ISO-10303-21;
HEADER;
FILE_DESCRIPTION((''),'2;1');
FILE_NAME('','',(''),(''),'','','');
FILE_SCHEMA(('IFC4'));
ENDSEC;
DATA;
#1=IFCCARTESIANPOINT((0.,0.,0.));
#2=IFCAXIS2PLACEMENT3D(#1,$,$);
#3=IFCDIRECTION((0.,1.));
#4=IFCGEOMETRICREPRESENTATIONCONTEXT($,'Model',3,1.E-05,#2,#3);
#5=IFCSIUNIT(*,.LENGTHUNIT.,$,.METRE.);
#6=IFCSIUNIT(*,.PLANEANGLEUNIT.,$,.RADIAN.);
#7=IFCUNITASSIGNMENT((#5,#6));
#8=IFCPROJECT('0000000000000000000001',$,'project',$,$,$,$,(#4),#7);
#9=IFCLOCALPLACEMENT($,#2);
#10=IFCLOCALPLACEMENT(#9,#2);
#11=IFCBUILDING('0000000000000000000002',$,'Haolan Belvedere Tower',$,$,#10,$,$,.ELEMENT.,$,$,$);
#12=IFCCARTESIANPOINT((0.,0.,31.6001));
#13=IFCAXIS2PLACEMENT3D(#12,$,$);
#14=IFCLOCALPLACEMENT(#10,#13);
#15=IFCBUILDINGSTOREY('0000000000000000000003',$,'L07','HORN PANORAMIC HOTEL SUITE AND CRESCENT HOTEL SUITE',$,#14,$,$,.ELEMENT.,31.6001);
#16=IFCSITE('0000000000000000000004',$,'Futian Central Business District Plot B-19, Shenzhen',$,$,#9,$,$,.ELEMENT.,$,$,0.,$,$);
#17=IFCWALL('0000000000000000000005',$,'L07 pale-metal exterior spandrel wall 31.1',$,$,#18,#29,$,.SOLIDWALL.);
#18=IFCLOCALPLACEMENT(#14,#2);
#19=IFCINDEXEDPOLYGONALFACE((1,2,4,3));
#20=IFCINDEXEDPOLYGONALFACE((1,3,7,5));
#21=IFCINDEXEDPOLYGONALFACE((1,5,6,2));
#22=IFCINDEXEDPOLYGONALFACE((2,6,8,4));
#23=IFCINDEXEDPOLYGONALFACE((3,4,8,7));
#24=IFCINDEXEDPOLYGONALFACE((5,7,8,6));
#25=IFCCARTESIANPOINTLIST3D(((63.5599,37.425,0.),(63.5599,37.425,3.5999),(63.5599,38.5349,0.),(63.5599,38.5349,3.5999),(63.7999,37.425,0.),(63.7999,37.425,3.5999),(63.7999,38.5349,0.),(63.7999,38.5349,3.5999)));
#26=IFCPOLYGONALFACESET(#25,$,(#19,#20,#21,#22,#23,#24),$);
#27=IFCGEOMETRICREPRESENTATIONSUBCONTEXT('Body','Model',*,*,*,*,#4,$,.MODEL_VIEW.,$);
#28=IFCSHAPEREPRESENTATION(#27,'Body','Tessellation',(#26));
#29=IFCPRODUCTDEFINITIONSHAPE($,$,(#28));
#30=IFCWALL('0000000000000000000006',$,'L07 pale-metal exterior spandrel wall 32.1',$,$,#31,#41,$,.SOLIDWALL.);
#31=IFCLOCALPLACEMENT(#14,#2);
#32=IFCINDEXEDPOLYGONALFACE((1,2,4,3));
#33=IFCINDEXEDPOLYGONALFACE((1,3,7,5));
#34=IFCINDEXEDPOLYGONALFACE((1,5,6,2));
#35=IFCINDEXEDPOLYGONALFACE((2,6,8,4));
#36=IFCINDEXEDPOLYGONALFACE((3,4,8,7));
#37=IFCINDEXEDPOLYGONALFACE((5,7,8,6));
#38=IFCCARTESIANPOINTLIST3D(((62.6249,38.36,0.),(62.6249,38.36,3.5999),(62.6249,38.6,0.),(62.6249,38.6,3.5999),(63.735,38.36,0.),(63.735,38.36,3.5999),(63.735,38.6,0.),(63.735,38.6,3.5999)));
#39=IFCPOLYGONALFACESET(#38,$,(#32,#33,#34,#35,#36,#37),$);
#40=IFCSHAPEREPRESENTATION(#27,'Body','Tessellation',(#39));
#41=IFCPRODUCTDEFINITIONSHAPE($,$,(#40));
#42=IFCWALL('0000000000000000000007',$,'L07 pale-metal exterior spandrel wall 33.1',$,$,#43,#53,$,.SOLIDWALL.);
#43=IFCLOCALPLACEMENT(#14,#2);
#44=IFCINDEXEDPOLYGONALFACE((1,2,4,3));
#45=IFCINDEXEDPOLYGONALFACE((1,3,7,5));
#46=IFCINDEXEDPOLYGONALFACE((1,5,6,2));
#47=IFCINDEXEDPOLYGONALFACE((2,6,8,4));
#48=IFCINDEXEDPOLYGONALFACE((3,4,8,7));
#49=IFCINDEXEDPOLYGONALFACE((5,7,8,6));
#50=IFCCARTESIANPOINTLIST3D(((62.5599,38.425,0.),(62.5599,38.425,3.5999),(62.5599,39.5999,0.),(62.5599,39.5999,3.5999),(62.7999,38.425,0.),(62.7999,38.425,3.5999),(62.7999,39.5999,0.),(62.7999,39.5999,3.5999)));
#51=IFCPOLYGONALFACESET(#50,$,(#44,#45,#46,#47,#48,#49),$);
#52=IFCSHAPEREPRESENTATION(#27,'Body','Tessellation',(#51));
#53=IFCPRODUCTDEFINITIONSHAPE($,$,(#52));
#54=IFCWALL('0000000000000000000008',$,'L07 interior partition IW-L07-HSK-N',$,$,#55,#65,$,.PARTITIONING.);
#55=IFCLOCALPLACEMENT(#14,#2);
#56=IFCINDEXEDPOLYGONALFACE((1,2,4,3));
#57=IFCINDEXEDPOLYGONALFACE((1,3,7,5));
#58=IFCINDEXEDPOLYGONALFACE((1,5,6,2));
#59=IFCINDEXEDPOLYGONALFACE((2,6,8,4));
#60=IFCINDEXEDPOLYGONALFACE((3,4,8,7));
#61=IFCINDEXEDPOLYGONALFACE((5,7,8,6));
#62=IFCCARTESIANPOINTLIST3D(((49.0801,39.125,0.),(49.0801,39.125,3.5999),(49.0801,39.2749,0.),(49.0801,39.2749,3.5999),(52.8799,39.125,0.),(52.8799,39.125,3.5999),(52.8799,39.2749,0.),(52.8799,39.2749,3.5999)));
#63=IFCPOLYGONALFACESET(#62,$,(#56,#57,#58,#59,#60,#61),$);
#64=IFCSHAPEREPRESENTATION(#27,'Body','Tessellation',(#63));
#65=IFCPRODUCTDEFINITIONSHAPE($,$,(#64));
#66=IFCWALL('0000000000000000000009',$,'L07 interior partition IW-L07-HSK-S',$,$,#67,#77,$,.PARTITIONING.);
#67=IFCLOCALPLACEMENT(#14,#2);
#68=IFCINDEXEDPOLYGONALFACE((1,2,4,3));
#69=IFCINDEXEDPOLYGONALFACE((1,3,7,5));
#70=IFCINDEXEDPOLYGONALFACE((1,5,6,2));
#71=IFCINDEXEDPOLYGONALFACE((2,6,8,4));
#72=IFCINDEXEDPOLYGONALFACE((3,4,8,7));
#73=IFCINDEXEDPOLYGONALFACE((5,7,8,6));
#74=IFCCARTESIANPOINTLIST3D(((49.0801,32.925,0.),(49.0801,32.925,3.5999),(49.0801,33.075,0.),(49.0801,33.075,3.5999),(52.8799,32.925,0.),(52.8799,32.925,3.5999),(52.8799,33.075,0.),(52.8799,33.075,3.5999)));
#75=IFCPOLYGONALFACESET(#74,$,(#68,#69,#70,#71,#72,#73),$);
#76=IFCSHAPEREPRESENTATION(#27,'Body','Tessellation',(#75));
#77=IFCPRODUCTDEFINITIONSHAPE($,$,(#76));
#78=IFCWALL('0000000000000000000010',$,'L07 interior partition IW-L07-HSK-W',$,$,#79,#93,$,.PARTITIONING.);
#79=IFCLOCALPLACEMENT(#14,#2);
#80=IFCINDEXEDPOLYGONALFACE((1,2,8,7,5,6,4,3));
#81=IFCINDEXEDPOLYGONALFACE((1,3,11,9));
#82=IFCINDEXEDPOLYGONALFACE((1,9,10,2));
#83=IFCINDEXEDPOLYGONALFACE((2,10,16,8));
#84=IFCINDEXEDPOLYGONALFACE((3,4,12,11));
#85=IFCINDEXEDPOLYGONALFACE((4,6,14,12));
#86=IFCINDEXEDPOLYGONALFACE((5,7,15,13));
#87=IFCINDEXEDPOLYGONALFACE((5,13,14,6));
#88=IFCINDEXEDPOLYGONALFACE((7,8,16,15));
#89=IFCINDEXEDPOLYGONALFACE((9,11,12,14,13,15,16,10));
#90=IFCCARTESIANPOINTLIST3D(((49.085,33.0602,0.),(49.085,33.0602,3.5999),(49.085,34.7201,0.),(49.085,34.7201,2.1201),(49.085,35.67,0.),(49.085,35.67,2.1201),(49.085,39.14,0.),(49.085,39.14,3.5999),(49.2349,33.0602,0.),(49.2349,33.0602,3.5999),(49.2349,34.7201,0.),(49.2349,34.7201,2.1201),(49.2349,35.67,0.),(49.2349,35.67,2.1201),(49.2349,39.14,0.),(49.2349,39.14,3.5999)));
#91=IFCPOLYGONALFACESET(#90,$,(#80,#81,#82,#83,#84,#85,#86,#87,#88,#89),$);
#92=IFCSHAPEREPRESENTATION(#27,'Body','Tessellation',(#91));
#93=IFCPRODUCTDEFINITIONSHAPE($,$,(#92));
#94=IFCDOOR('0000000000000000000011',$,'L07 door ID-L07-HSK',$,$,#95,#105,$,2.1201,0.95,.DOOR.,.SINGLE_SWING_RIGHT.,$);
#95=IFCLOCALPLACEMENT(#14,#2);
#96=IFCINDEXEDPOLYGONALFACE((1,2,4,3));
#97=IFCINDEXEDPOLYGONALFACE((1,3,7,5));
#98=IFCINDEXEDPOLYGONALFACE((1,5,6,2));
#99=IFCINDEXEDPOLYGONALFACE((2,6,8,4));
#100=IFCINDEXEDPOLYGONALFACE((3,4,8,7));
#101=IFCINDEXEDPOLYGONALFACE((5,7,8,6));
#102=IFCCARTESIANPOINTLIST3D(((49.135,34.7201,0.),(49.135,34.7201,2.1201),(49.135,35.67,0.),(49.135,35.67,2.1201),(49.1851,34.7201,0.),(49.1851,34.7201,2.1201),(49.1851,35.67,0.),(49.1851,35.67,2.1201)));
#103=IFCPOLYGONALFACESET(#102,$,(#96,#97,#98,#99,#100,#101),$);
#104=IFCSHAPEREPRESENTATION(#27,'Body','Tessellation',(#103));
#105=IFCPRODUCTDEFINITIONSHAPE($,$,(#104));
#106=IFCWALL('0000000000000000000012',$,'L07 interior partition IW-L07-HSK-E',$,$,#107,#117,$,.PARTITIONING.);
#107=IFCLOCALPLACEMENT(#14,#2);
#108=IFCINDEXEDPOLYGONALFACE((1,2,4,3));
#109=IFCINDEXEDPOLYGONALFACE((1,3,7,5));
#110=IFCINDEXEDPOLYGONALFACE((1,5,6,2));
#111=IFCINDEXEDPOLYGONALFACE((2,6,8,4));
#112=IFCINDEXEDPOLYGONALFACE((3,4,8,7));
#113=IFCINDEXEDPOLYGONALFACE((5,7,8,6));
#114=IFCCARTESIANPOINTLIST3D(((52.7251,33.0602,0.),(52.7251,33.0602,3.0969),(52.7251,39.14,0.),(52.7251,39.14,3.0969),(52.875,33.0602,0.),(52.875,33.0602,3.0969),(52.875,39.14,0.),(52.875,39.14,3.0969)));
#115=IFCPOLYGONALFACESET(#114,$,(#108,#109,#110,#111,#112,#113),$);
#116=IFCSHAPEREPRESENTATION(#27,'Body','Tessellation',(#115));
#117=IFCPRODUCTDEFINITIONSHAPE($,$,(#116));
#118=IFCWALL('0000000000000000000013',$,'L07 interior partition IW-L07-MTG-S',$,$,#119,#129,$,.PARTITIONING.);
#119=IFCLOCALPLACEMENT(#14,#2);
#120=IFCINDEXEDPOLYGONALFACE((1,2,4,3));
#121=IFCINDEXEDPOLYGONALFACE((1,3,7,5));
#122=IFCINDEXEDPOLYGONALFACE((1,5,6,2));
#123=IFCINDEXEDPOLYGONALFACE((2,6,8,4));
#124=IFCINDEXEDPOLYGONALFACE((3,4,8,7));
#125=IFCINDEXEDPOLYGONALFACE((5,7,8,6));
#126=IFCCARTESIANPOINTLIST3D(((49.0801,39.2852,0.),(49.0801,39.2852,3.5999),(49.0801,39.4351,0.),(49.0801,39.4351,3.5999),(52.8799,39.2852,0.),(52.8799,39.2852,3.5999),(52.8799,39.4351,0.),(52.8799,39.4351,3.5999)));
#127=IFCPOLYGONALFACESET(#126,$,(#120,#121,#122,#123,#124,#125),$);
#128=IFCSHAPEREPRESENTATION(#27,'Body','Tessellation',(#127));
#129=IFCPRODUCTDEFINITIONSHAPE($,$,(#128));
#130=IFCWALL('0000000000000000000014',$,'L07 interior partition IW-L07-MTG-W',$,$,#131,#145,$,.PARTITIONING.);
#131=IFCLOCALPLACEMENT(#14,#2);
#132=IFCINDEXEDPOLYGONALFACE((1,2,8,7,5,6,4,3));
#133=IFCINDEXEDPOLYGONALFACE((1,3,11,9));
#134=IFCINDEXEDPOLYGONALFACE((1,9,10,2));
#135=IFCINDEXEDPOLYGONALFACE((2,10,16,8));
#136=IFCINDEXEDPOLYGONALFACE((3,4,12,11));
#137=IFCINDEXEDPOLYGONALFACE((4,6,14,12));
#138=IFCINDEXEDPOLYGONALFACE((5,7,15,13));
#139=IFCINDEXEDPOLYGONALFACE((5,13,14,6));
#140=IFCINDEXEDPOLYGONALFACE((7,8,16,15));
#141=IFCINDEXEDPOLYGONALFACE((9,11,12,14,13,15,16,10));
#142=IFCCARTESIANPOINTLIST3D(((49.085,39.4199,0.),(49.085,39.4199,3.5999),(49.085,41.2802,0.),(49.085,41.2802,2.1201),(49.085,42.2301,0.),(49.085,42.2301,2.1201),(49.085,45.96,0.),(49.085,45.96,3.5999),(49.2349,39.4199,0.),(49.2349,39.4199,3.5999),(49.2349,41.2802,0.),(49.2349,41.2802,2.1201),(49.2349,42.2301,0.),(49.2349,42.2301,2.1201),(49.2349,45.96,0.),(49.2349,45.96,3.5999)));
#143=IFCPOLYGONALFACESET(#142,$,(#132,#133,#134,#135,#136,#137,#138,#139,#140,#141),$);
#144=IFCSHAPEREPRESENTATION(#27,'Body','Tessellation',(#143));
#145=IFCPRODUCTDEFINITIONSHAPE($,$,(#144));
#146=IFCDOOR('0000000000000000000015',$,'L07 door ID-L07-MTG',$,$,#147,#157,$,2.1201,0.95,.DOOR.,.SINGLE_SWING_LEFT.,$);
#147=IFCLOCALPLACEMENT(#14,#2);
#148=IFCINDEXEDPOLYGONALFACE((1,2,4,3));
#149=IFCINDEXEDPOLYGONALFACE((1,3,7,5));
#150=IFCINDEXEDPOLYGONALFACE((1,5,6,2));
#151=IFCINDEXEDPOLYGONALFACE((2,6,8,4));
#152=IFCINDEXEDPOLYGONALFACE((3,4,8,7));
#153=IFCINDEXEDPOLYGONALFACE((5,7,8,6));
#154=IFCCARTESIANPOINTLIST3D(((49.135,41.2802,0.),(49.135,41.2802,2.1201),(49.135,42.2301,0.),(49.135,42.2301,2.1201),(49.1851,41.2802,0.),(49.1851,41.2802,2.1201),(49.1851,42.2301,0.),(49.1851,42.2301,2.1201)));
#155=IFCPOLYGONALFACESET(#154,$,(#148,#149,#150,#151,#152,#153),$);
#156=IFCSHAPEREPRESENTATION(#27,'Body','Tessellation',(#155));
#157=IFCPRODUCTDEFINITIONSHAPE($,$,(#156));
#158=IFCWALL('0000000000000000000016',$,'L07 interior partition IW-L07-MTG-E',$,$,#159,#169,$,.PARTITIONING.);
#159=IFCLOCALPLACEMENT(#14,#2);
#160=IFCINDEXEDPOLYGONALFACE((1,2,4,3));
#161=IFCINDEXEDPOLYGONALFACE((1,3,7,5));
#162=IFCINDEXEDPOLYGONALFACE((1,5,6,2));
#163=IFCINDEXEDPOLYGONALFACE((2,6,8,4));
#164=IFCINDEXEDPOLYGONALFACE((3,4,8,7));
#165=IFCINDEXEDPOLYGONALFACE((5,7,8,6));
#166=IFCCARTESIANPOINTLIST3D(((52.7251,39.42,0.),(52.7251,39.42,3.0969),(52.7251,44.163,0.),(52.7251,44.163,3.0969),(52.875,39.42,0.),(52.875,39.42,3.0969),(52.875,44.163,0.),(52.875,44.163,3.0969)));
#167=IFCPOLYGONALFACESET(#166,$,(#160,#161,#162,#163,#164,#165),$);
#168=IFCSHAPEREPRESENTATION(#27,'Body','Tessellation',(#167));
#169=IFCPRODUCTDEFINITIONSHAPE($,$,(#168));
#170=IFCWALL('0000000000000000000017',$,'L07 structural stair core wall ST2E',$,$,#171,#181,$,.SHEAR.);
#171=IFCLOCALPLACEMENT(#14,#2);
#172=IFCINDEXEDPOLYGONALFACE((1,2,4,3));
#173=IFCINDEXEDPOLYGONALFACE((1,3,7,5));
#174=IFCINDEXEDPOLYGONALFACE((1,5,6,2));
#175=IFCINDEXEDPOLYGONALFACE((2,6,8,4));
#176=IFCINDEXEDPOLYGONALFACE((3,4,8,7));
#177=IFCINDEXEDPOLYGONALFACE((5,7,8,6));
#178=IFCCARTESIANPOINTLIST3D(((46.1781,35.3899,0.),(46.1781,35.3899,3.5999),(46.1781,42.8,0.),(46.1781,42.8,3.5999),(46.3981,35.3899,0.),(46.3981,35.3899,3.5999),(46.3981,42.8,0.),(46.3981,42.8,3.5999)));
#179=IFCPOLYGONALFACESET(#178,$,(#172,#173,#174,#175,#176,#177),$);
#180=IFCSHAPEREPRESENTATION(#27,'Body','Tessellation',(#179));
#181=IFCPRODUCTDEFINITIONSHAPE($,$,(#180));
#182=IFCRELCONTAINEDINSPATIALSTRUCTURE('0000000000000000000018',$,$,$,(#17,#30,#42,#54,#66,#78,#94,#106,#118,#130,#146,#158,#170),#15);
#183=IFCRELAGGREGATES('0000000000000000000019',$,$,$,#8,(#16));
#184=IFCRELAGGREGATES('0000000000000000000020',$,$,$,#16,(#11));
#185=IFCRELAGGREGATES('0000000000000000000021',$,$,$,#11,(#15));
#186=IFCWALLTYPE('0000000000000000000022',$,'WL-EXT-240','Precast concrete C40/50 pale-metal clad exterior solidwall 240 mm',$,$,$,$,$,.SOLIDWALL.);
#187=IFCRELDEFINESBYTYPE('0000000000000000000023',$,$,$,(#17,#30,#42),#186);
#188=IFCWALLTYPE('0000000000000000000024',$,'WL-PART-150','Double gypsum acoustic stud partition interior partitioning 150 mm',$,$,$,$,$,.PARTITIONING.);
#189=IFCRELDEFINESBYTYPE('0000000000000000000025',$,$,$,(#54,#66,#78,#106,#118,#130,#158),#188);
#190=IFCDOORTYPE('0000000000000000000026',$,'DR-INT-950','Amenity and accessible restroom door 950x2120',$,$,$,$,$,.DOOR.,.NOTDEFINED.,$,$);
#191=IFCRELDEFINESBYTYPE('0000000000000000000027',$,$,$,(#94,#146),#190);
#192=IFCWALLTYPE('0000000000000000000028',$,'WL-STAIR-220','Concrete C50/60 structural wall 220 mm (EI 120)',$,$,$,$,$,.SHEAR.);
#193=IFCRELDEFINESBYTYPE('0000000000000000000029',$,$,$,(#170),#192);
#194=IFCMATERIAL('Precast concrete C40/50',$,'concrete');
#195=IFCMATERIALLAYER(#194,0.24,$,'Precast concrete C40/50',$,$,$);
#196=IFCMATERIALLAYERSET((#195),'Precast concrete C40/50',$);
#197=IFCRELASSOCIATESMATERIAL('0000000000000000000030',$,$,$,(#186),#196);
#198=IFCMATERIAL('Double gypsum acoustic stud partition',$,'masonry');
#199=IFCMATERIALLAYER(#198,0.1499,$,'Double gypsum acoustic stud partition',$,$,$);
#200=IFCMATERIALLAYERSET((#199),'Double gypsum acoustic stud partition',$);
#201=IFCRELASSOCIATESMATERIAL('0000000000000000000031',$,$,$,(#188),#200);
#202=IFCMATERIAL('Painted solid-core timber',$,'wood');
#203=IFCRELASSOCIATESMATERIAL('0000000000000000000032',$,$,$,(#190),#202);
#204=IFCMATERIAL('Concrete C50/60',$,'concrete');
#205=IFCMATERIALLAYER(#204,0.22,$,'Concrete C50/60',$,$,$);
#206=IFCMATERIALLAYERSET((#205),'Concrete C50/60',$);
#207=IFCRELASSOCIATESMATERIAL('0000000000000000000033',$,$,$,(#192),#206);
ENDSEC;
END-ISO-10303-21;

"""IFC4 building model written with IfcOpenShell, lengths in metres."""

from ifc_helpers import new_model, si_unit, direction, frame, frame_2d, origin, place, context, subcontext, project, spatial, rectangle, extrude, material, layer, layer_set, type_object, element, fill, save


model = new_model("IFC4")

# Units and contexts
model_context = context("Model", 3, precision=1e-05, world=origin(), true_north=direction((0.0, 1.0)))
body_context = subcontext(model_context, "Body", "Model", "MODEL_VIEW")
ifc_project = project(units=[si_unit("LENGTHUNIT", "METRE"), si_unit("PLANEANGLEUNIT", "RADIAN")], contexts=[model_context])

# Site, building, storey
site_placement = place(None, origin())
site = spatial("IfcSite", under=ifc_project, at=site_placement, Name="Futian Central Business District Plot B-19, Shenzhen", CompositionType="ELEMENT", RefElevation=0.0)
building_placement = place(site_placement, origin())
building = spatial("IfcBuilding", under=site, at=building_placement, Name="Haolan Belvedere Tower", CompositionType="ELEMENT")
storey_placement = place(building_placement, frame((0.0, 0.0, 31.6001)))
storey = spatial("IfcBuildingStorey", under=building, at=storey_placement, Name="L07", Description="HORN PANORAMIC HOTEL SUITE AND CRESCENT HOTEL SUITE", CompositionType="ELEMENT", Elevation=31.6001)

# Shared definitions
ifc_material_1 = material(Name="Precast concrete C40/50", Category="concrete")
ifc_layer_1 = layer(ifc_material_1, 0.24, Name="Precast concrete C40/50")
ifc_layer_set_1 = layer_set([ifc_layer_1], Name="Precast concrete C40/50")
wall_type_1 = type_object("IfcWallType", Name="WL-EXT-240", Description="Precast concrete C40/50 pale-metal clad exterior solidwall 240 mm", PredefinedType="SOLIDWALL", material=ifc_layer_set_1)

# Walls
wall_1_placement = place(storey_placement, frame((63.6799, 37.425, 0.0), z_axis=(0.0, 0.0, 1.0), x_axis=(0.0, 1.0, 0.0)))
element("IfcWall", 1, at=wall_1_placement, inside=storey, type_object=wall_type_1, Name="L07 pale-metal exterior spandrel wall 31.1", PredefinedType="SOLIDWALL", context=body_context, shape_type="SweptSolid", body=[
    extrude(rectangle(XDim=1.1099, YDim=0.24, at=frame_2d((0.5549, 0.0))), origin(), (0.0, 0.0, 1.0), 3.5999),
])
wall_2_placement = place(storey_placement, frame((63.7351, 38.48, 0.0), z_axis=(0.0, 0.0, 1.0), x_axis=(-1.0, 0.0, 0.0)))
element("IfcWall", 2, at=wall_2_placement, inside=storey, type_object=wall_type_1, Name="L07 pale-metal exterior spandrel wall 32.1", PredefinedType="SOLIDWALL", context=body_context, shape_type="SweptSolid", body=[
    extrude(rectangle(XDim=1.1101, YDim=0.24, at=frame_2d((0.5552, 0.0))), origin(), (0.0, 0.0, 1.0), 3.5999),
])
wall_3_placement = place(storey_placement, frame((62.6799, 38.425, 0.0), z_axis=(0.0, 0.0, 1.0), x_axis=(0.0, 1.0, 0.0)))
element("IfcWall", 3, at=wall_3_placement, inside=storey, type_object=wall_type_1, Name="L07 pale-metal exterior spandrel wall 33.1", PredefinedType="SOLIDWALL", context=body_context, shape_type="SweptSolid", body=[
    extrude(rectangle(XDim=1.1748, YDim=0.24, at=frame_2d((0.5874, 0.0))), origin(), (0.0, 0.0, 1.0), 3.5999),
])
ifc_material_2 = material(Name="Double gypsum acoustic stud partition", Category="masonry")
ifc_layer_2 = layer(ifc_material_2, 0.1499, Name="Double gypsum acoustic stud partition")
ifc_layer_set_2 = layer_set([ifc_layer_2], Name="Double gypsum acoustic stud partition")
wall_type_2 = type_object("IfcWallType", Name="WL-PART-150", Description="Double gypsum acoustic stud partition interior partitioning 150 mm", PredefinedType="PARTITIONING", material=ifc_layer_set_2)
for number, where, z_axis, x_axis, name in (
    (4, (49.0801, 39.2, 0.0), (0.0, 0.0, 1.0), (1.0, 0.0, 0.0), "L07 interior partition IW-L07-HSK-N"),
    (5, (49.0801, 33.0, 0.0), (0.0, 0.0, 1.0), (1.0, 0.0, 0.0), "L07 interior partition IW-L07-HSK-S"),
):
    element("IfcWall", number, at=place(storey_placement, frame(where, z_axis=z_axis, x_axis=x_axis)), inside=storey, type_object=wall_type_2, Name=name, PredefinedType="PARTITIONING", context=body_context, shape_type="SweptSolid", body=[
        extrude(rectangle(XDim=3.7998, YDim=0.1499, at=frame_2d((1.8999, 0.0))), origin(), (0.0, 0.0, 1.0), 3.5999),
    ])

# Wall, opening, door
wall_4_placement = place(storey_placement, frame((49.1599, 33.0601, 0.0), z_axis=(0.0, 0.0, 1.0), x_axis=(0.0, 1.0, 0.0)))
wall_4 = element("IfcWall", 6, at=wall_4_placement, inside=storey, type_object=wall_type_2, Name="L07 interior partition IW-L07-HSK-W", PredefinedType="PARTITIONING", context=body_context, shape_type="SweptSolid", body=[
    extrude(rectangle(XDim=6.0798, YDim=0.1499, at=frame_2d((3.04, 0.0))), origin(), (0.0, 0.0, 1.0), 3.5999),
])
opening_1_placement = place(wall_4_placement, frame((1.6599, 0.0, 0.0)))
opening_1 = element("IfcOpeningElement", 7, at=opening_1_placement, cuts=wall_4, PredefinedType="OPENING", context=body_context, shape_type="SweptSolid", body=[
    extrude(rectangle(XDim=0.95, YDim=2.1201, at=frame_2d((0.4751, 1.0601))), frame((0.0, 0.085, 0.0), z_axis=(0.0, -1.0, 0.0), x_axis=(1.0, 0.0, 0.0)), (0.0, 0.0, 1.0), 0.1699),
])
ifc_material_3 = material(Name="Painted solid-core timber", Category="wood")
door_type = type_object("IfcDoorType", Name="DR-INT-950", Description="Amenity and accessible restroom door 950x2120", OperationType="NOTDEFINED", PredefinedType="DOOR", material=ifc_material_3)
door_1_placement = place(opening_1_placement, origin())
door_1 = element("IfcDoor", 8, at=door_1_placement, inside=storey, type_object=door_type, Name="L07 door ID-L07-HSK", OperationType="SINGLE_SWING_RIGHT", OverallHeight=2.1201, OverallWidth=0.95, PredefinedType="DOOR", context=body_context, shape_type="SweptSolid", body=[
    extrude(rectangle(XDim=0.95, YDim=2.1201, at=frame_2d((0.4751, 1.0601))), frame((0.0, 0.0249, 0.0), z_axis=(0.0, -1.0, 0.0), x_axis=(1.0, 0.0, 0.0)), (0.0, 0.0, 1.0), 0.05),
])
fill(opening_1, door_1)

# Walls
wall_5_placement = place(storey_placement, frame((52.8, 33.0601, 0.0), z_axis=(0.0, 0.0, 1.0), x_axis=(0.0, 1.0, 0.0)))
element("IfcWall", 9, at=wall_5_placement, inside=storey, type_object=wall_type_2, Name="L07 interior partition IW-L07-HSK-E", PredefinedType="PARTITIONING", context=body_context, shape_type="SweptSolid", body=[
    extrude(rectangle(XDim=6.0798, YDim=0.1499, at=frame_2d((3.04, 0.0))), origin(), (0.0, 0.0, 1.0), 3.0969),
])
wall_6_placement = place(storey_placement, frame((49.0801, 39.3601, 0.0), z_axis=(0.0, 0.0, 1.0), x_axis=(1.0, 0.0, 0.0)))
element("IfcWall", 10, at=wall_6_placement, inside=storey, type_object=wall_type_2, Name="L07 interior partition IW-L07-MTG-S", PredefinedType="PARTITIONING", context=body_context, shape_type="SweptSolid", body=[
    extrude(rectangle(XDim=3.7998, YDim=0.1499, at=frame_2d((1.8999, 0.0))), origin(), (0.0, 0.0, 1.0), 3.5999),
])

# Wall, opening, door
wall_7_placement = place(storey_placement, frame((49.1599, 39.4199, 0.0), z_axis=(0.0, 0.0, 1.0), x_axis=(0.0, 1.0, 0.0)))
wall_7 = element("IfcWall", 11, at=wall_7_placement, inside=storey, type_object=wall_type_2, Name="L07 interior partition IW-L07-MTG-W", PredefinedType="PARTITIONING", context=body_context, shape_type="SweptSolid", body=[
    extrude(rectangle(XDim=6.54, YDim=0.1499, at=frame_2d((3.27, 0.0))), origin(), (0.0, 0.0, 1.0), 3.5999),
])
opening_2_placement = place(wall_7_placement, frame((1.8601, 0.0, 0.0)))
opening_2 = element("IfcOpeningElement", 12, at=opening_2_placement, cuts=wall_7, PredefinedType="OPENING", context=body_context, shape_type="SweptSolid", body=[
    extrude(rectangle(XDim=0.95, YDim=2.1201, at=frame_2d((0.4751, 1.0601))), frame((0.0, 0.085, 0.0), z_axis=(0.0, -1.0, 0.0), x_axis=(1.0, 0.0, 0.0)), (0.0, 0.0, 1.0), 0.1699),
])
door_2_placement = place(opening_2_placement, origin())
door_2 = element("IfcDoor", 13, at=door_2_placement, inside=storey, type_object=door_type, Name="L07 door ID-L07-MTG", OperationType="SINGLE_SWING_LEFT", OverallHeight=2.1201, OverallWidth=0.95, PredefinedType="DOOR", context=body_context, shape_type="SweptSolid", body=[
    extrude(rectangle(XDim=0.95, YDim=2.1201, at=frame_2d((0.4751, 1.0601))), frame((0.0, 0.0249, 0.0), z_axis=(0.0, -1.0, 0.0), x_axis=(1.0, 0.0, 0.0)), (0.0, 0.0, 1.0), 0.05),
])
fill(opening_2, door_2)

# Walls
wall_8_placement = place(storey_placement, frame((52.8, 39.4199, 0.0), z_axis=(0.0, 0.0, 1.0), x_axis=(0.0, 1.0, 0.0)))
element("IfcWall", 14, at=wall_8_placement, inside=storey, type_object=wall_type_2, Name="L07 interior partition IW-L07-MTG-E", PredefinedType="PARTITIONING", context=body_context, shape_type="SweptSolid", body=[
    extrude(rectangle(XDim=4.7429, YDim=0.1499, at=frame_2d((2.3716, 0.0))), origin(), (0.0, 0.0, 1.0), 3.0969),
])
ifc_material_4 = material(Name="Concrete C50/60", Category="concrete")
ifc_layer_3 = layer(ifc_material_4, 0.22, Name="Concrete C50/60")
ifc_layer_set_3 = layer_set([ifc_layer_3], Name="Concrete C50/60")
wall_type_3 = type_object("IfcWallType", Name="WL-STAIR-220", Description="Concrete C50/60 structural wall 220 mm (EI 120)", PredefinedType="SHEAR", material=ifc_layer_set_3)
wall_9_placement = place(storey_placement, frame((46.2881, 35.3899, 0.0), z_axis=(0.0, 0.0, 1.0), x_axis=(0.0, 1.0, 0.0)))
element("IfcWall", 15, at=wall_9_placement, inside=storey, type_object=wall_type_3, Name="L07 structural stair core wall ST2E", PredefinedType="SHEAR", context=body_context, shape_type="SweptSolid", body=[
    extrude(rectangle(XDim=7.4102, YDim=0.22, at=frame_2d((3.7051, 0.0))), origin(), (0.0, 0.0, 1.0), 3.5999),
])

save(model, "model.ifc")
